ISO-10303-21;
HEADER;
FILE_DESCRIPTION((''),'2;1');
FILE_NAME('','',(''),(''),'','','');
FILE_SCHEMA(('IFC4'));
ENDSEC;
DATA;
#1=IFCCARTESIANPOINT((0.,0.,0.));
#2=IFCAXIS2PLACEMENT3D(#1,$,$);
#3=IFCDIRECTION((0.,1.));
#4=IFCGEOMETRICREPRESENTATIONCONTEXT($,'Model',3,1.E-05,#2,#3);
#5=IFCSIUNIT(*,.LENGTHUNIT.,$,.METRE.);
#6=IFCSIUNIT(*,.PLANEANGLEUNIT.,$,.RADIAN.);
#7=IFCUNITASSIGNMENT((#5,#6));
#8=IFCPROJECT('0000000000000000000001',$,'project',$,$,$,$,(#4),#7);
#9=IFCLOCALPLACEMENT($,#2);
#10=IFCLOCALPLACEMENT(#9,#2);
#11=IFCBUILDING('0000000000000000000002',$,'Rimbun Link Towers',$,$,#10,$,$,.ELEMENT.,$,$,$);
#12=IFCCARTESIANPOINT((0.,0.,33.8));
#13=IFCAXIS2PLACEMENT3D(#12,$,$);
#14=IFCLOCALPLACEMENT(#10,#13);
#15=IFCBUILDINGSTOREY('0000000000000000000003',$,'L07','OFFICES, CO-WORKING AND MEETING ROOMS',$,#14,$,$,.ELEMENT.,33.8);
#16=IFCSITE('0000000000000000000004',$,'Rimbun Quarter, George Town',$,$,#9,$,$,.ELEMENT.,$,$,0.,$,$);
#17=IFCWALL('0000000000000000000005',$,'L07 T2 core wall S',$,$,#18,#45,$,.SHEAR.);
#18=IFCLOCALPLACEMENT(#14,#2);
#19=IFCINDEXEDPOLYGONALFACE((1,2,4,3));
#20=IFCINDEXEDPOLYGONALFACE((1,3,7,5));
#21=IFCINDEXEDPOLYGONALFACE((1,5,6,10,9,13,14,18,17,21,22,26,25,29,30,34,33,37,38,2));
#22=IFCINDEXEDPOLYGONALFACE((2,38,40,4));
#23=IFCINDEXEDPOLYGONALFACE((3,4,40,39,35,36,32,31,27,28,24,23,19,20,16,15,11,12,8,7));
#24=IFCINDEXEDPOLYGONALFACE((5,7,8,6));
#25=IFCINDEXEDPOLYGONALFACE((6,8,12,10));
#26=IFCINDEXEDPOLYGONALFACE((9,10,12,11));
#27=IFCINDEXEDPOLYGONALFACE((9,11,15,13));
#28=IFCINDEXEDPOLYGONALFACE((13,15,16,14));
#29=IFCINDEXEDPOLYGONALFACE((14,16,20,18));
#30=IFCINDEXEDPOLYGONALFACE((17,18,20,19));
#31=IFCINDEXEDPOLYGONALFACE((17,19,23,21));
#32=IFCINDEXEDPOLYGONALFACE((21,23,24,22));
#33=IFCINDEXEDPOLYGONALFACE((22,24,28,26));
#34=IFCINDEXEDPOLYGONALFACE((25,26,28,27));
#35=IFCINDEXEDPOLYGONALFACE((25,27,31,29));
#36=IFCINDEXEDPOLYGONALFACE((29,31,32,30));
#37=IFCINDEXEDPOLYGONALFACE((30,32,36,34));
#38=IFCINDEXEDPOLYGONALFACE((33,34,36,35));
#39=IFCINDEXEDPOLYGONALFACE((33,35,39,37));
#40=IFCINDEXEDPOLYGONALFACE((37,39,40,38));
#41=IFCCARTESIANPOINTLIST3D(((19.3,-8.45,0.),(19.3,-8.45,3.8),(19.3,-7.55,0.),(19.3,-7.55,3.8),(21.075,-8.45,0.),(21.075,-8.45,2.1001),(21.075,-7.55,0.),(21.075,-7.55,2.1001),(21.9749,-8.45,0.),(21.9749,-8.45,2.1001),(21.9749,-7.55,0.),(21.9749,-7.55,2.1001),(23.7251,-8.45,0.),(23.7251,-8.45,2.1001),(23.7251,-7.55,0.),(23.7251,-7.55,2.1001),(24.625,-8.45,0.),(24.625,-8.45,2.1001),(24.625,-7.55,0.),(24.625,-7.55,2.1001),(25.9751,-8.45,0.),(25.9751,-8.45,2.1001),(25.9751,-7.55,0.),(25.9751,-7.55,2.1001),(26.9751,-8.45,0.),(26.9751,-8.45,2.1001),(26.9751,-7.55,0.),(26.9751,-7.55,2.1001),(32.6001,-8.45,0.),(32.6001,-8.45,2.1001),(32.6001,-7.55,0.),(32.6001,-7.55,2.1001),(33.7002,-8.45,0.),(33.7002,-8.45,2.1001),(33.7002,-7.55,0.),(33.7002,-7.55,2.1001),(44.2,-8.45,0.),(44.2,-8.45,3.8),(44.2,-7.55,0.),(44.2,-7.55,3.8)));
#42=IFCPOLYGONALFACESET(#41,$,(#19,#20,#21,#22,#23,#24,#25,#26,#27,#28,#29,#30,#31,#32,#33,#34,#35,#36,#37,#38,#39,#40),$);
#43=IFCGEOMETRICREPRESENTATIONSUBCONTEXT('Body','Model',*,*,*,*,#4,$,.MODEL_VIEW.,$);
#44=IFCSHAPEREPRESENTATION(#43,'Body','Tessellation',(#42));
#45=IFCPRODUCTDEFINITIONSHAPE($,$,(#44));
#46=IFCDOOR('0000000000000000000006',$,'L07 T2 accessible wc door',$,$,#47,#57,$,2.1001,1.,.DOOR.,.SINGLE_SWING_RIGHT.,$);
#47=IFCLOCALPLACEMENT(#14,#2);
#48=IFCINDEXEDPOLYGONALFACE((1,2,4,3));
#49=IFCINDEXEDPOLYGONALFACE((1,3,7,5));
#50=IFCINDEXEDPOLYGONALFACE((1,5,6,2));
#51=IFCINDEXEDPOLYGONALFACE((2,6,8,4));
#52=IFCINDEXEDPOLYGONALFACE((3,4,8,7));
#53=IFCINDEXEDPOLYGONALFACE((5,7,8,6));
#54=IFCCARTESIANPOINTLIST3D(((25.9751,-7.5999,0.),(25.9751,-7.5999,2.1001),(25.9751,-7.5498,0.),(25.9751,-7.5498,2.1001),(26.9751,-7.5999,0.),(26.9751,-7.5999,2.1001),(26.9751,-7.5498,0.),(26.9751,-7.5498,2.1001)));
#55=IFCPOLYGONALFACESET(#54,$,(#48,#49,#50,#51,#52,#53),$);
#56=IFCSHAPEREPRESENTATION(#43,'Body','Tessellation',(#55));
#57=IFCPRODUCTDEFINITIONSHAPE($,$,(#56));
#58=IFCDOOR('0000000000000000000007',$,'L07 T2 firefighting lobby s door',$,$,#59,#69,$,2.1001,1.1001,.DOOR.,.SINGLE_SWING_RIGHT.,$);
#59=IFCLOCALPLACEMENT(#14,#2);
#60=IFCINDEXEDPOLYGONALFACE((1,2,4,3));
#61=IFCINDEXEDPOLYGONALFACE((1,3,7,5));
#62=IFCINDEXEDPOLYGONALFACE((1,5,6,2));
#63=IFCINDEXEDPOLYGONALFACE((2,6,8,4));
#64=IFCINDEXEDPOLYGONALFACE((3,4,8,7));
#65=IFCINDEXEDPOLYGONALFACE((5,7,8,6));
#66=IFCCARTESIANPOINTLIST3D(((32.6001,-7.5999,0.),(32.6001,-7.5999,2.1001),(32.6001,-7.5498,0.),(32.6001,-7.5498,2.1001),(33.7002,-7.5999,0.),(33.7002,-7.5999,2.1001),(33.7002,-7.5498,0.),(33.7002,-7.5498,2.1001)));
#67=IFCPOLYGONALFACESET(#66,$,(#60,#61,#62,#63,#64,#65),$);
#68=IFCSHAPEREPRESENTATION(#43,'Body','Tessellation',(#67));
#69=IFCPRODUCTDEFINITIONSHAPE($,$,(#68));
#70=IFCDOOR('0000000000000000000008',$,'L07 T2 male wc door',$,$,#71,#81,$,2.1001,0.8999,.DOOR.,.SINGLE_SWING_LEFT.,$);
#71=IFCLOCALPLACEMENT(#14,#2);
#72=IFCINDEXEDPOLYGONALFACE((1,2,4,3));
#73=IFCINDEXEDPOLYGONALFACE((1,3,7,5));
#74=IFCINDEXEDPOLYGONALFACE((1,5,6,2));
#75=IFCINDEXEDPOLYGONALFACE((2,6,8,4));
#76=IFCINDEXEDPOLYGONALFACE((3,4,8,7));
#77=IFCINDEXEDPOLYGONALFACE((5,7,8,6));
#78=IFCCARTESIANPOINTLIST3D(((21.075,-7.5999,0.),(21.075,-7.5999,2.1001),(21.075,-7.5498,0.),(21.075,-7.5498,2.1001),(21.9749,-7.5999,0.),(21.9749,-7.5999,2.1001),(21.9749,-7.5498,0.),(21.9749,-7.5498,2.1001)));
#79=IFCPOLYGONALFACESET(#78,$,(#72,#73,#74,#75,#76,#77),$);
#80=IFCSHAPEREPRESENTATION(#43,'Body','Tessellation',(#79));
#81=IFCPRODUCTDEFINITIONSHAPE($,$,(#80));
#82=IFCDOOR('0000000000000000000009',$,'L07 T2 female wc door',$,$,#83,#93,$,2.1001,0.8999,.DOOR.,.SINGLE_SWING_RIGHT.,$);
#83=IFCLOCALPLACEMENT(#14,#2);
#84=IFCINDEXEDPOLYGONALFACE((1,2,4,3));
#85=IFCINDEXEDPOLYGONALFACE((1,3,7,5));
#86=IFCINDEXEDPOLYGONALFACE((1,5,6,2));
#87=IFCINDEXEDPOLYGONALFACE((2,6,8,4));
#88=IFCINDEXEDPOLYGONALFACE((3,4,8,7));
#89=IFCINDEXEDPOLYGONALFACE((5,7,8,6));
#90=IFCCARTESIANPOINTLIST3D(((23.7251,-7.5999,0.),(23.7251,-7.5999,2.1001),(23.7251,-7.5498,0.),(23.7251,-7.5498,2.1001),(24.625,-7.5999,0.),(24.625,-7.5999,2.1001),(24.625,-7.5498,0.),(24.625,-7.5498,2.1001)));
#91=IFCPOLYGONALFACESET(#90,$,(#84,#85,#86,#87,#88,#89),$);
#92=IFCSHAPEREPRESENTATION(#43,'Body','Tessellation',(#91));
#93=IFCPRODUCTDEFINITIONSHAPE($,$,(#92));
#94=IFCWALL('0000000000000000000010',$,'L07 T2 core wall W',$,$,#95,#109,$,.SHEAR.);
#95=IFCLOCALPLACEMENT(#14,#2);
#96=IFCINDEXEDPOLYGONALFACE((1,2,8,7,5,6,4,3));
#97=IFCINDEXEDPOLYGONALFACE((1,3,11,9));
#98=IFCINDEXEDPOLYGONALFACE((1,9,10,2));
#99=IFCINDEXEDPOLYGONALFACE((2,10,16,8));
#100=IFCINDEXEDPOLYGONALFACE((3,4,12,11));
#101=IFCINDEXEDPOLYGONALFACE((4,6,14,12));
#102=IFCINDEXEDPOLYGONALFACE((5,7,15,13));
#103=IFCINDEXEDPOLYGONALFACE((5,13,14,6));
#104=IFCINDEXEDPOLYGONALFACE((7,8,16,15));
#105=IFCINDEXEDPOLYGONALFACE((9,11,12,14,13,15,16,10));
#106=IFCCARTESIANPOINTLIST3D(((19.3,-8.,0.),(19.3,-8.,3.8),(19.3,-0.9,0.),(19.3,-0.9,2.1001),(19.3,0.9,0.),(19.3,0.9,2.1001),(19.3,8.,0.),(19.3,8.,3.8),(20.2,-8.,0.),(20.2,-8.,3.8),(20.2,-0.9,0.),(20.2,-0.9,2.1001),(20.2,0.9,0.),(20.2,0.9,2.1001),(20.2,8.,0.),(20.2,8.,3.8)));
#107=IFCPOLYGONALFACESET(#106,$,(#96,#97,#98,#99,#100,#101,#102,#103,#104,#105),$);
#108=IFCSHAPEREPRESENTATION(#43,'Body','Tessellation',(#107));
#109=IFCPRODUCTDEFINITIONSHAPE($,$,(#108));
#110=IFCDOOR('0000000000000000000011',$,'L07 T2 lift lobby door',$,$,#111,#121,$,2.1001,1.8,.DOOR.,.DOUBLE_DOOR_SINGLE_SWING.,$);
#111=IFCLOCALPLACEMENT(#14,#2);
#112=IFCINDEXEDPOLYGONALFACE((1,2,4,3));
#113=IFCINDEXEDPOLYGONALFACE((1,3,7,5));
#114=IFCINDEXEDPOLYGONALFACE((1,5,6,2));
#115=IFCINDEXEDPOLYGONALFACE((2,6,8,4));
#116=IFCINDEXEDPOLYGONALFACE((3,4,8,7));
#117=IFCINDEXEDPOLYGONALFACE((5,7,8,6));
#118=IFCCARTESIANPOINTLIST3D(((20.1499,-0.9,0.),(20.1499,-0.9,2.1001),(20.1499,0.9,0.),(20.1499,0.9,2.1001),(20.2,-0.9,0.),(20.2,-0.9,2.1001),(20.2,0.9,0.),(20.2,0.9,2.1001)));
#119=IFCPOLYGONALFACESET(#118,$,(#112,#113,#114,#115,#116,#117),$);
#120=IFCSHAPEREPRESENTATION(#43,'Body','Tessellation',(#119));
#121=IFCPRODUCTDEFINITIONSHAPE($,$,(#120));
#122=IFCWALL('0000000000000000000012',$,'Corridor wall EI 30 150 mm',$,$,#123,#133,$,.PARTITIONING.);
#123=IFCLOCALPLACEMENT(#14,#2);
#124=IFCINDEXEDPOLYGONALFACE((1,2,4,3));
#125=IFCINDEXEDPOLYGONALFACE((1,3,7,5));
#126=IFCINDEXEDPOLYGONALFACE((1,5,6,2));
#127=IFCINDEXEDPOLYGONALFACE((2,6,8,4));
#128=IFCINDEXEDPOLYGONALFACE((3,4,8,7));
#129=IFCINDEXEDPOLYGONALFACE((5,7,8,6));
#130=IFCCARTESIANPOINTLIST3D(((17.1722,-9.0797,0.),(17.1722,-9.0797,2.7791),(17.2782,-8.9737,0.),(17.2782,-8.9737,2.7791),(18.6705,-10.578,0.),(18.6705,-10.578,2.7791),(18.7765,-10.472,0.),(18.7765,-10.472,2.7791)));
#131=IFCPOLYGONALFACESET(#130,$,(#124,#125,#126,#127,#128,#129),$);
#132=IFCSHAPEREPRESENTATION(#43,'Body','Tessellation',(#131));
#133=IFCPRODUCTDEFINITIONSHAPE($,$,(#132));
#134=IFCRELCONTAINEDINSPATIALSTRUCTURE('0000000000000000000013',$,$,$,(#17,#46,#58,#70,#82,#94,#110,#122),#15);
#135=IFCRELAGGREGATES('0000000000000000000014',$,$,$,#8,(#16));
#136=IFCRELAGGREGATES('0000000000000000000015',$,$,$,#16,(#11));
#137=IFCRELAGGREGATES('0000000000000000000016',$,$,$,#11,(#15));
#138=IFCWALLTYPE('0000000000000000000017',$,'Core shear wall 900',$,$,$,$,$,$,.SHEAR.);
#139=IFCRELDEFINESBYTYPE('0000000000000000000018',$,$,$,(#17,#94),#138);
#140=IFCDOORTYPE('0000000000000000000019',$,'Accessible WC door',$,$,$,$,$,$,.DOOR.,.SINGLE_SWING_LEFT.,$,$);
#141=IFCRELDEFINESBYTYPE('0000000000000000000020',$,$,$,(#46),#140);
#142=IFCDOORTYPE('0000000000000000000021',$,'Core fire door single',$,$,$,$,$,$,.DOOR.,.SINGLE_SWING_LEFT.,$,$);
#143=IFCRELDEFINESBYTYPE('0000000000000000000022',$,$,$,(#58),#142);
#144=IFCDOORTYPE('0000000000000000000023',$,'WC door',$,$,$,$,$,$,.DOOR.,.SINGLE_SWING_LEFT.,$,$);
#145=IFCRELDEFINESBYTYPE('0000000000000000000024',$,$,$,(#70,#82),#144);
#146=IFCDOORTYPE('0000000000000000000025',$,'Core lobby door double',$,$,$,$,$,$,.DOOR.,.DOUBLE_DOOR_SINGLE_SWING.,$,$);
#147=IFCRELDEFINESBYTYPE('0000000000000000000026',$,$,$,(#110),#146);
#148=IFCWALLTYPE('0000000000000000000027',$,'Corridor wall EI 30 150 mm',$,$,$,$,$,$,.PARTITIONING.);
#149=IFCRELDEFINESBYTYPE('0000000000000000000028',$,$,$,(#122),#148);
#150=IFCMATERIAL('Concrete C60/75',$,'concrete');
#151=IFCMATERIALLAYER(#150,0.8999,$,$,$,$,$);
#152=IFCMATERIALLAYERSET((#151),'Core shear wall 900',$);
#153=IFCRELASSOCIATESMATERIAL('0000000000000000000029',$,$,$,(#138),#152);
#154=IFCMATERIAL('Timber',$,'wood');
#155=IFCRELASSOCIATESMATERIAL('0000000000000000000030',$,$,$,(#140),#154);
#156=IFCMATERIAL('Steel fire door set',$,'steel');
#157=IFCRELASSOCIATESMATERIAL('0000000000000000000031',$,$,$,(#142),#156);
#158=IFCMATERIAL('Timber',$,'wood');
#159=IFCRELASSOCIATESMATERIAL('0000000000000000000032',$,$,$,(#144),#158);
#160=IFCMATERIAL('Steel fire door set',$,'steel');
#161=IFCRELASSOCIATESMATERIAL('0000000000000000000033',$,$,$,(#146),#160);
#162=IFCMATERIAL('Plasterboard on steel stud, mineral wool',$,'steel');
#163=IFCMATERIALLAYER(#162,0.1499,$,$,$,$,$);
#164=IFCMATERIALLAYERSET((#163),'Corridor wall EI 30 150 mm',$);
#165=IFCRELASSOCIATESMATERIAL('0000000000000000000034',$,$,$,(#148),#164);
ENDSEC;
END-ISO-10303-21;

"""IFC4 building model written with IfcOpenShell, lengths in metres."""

from ifc_helpers import new_model, si_unit, direction, frame, frame_2d, origin, place, context, subcontext, project, spatial, rectangle, extrude, material, layer, layer_set, type_object, element, fill, save


model = new_model("IFC4")

# Units and contexts
model_context = context("Model", 3, precision=1e-05, world=origin(), true_north=direction((0.0, 1.0)))
body_context = subcontext(model_context, "Body", "Model", "MODEL_VIEW")
ifc_project = project(units=[si_unit("LENGTHUNIT", "METRE"), si_unit("PLANEANGLEUNIT", "RADIAN")], contexts=[model_context])

# Site, building, storey
site_placement = place(None, origin())
site = spatial("IfcSite", under=ifc_project, at=site_placement, Name="Rimbun Quarter, George Town", CompositionType="ELEMENT", RefElevation=0.0)
building_placement = place(site_placement, origin())
building = spatial("IfcBuilding", under=site, at=building_placement, Name="Rimbun Link Towers", CompositionType="ELEMENT")
storey_placement = place(building_placement, frame((0.0, 0.0, 33.8)))
storey = spatial("IfcBuildingStorey", under=building, at=storey_placement, Name="L07", Description="OFFICES, CO-WORKING AND MEETING ROOMS", CompositionType="ELEMENT", Elevation=33.8)

# Wall, openings, doors
ifc_material_1 = material(Name="Concrete C60/75", Category="concrete")
ifc_layer_1 = layer(ifc_material_1, 0.8999)
ifc_layer_set_1 = layer_set([ifc_layer_1], Name="Core shear wall 900")
wall_type_1 = type_object("IfcWallType", Name="Core shear wall 900", PredefinedType="SHEAR", material=ifc_layer_set_1)
wall_1_placement = place(storey_placement, frame((19.3, -8.0, 0.0), z_axis=(0.0, 0.0, 1.0), x_axis=(1.0, 0.0, 0.0)))
wall_1 = element("IfcWall", 1, at=wall_1_placement, inside=storey, type_object=wall_type_1, Name="L07 T2 core wall S", PredefinedType="SHEAR", context=body_context, shape_type="SweptSolid", body=[
    extrude(rectangle(XDim=24.8999, YDim=0.8999, at=frame_2d((12.45, 0.0))), origin(), (0.0, 0.0, 1.0), 3.8),
])
opening_1_placement = place(wall_1_placement, frame((13.3, 0.0, 0.0)))
opening_1 = element("IfcOpeningElement", 2, at=opening_1_placement, cuts=wall_1, PredefinedType="OPENING", context=body_context, shape_type="SweptSolid", body=[
    extrude(rectangle(XDim=1.1001, YDim=2.1001, at=frame_2d((0.55, 1.05))), frame((0.0, 0.46, 0.0), z_axis=(0.0, -1.0, 0.0), x_axis=(1.0, 0.0, 0.0)), (0.0, 0.0, 1.0), 0.9199),
])
opening_2_placement = place(wall_1_placement, frame((1.7749, 0.0, 0.0)))
opening_2 = element("IfcOpeningElement", 3, at=opening_2_placement, cuts=wall_1, PredefinedType="OPENING", context=body_context, shape_type="SweptSolid", body=[
    extrude(rectangle(XDim=0.8999, YDim=2.1001, at=frame_2d((0.45, 1.05))), frame((0.0, 0.46, 0.0), z_axis=(0.0, -1.0, 0.0), x_axis=(1.0, 0.0, 0.0)), (0.0, 0.0, 1.0), 0.9199),
])
opening_3_placement = place(wall_1_placement, frame((4.425, 0.0, 0.0)))
opening_3 = element("IfcOpeningElement", 4, at=opening_3_placement, cuts=wall_1, PredefinedType="OPENING", context=body_context, shape_type="SweptSolid", body=[
    extrude(rectangle(XDim=0.8999, YDim=2.1001, at=frame_2d((0.45, 1.05))), frame((0.0, 0.46, 0.0), z_axis=(0.0, -1.0, 0.0), x_axis=(1.0, 0.0, 0.0)), (0.0, 0.0, 1.0), 0.9199),
])
opening_4_placement = place(wall_1_placement, frame((6.675, 0.0, 0.0)))
opening_4 = element("IfcOpeningElement", 5, at=opening_4_placement, cuts=wall_1, PredefinedType="OPENING", context=body_context, shape_type="SweptSolid", body=[
    extrude(rectangle(XDim=1.0, YDim=2.1001, at=frame_2d((0.5, 1.05))), frame((0.0, 0.46, 0.0), z_axis=(0.0, -1.0, 0.0), x_axis=(1.0, 0.0, 0.0)), (0.0, 0.0, 1.0), 0.9199),
])
ifc_material_2 = material(Name="Timber", Category="wood")
door_type_1 = type_object("IfcDoorType", Name="Accessible WC door", OperationType="SINGLE_SWING_LEFT", PredefinedType="DOOR", material=ifc_material_2)
door_1_placement = place(opening_4_placement, origin())
door_1 = element("IfcDoor", 6, at=door_1_placement, inside=storey, type_object=door_type_1, Name="L07 T2 accessible wc door", OperationType="SINGLE_SWING_RIGHT", OverallHeight=2.1001, OverallWidth=1.0, PredefinedType="DOOR", context=body_context, shape_type="SweptSolid", body=[
    extrude(rectangle(XDim=1.0, YDim=2.1001, at=frame_2d((0.5, 1.05))), frame((0.0, 0.4502, 0.0), z_axis=(0.0, -1.0, 0.0), x_axis=(1.0, 0.0, 0.0)), (0.0, 0.0, 1.0), 0.05),
])
fill(opening_4, door_1)
ifc_material_3 = material(Name="Steel fire door set", Category="steel")
door_type_2 = type_object("IfcDoorType", Name="Core fire door single", OperationType="SINGLE_SWING_LEFT", PredefinedType="DOOR", material=ifc_material_3)
door_2_placement = place(opening_1_placement, origin())
door_2 = element("IfcDoor", 7, at=door_2_placement, inside=storey, type_object=door_type_2, Name="L07 T2 firefighting lobby s door", OperationType="SINGLE_SWING_RIGHT", OverallHeight=2.1001, OverallWidth=1.1001, PredefinedType="DOOR", context=body_context, shape_type="SweptSolid", body=[
    extrude(rectangle(XDim=1.1001, YDim=2.1001, at=frame_2d((0.55, 1.05))), frame((0.0, 0.4502, 0.0), z_axis=(0.0, -1.0, 0.0), x_axis=(1.0, 0.0, 0.0)), (0.0, 0.0, 1.0), 0.05),
])
fill(opening_1, door_2)
ifc_material_4 = material(Name="Timber", Category="wood")
door_type_3 = type_object("IfcDoorType", Name="WC door", OperationType="SINGLE_SWING_LEFT", PredefinedType="DOOR", material=ifc_material_4)
door_3_placement = place(opening_2_placement, origin())
door_3 = element("IfcDoor", 8, at=door_3_placement, inside=storey, type_object=door_type_3, Name="L07 T2 male wc door", OperationType="SINGLE_SWING_LEFT", OverallHeight=2.1001, OverallWidth=0.8999, PredefinedType="DOOR", context=body_context, shape_type="SweptSolid", body=[
    extrude(rectangle(XDim=0.8999, YDim=2.1001, at=frame_2d((0.45, 1.05))), frame((0.0, 0.4502, 0.0), z_axis=(0.0, -1.0, 0.0), x_axis=(1.0, 0.0, 0.0)), (0.0, 0.0, 1.0), 0.05),
])
fill(opening_2, door_3)
door_4_placement = place(opening_3_placement, origin())
door_4 = element("IfcDoor", 9, at=door_4_placement, inside=storey, type_object=door_type_3, Name="L07 T2 female wc door", OperationType="SINGLE_SWING_RIGHT", OverallHeight=2.1001, OverallWidth=0.8999, PredefinedType="DOOR", context=body_context, shape_type="SweptSolid", body=[
    extrude(rectangle(XDim=0.8999, YDim=2.1001, at=frame_2d((0.45, 1.05))), frame((0.0, 0.4502, 0.0), z_axis=(0.0, -1.0, 0.0), x_axis=(1.0, 0.0, 0.0)), (0.0, 0.0, 1.0), 0.05),
])
fill(opening_3, door_4)

# Wall, opening, door
wall_2_placement = place(storey_placement, frame((19.75, -8.0, 0.0), z_axis=(0.0, 0.0, 1.0), x_axis=(0.0, 1.0, 0.0)))
wall_2 = element("IfcWall", 10, at=wall_2_placement, inside=storey, type_object=wall_type_1, Name="L07 T2 core wall W", PredefinedType="SHEAR", context=body_context, shape_type="SweptSolid", body=[
    extrude(rectangle(XDim=16.0, YDim=0.8999, at=frame_2d((8.0, 0.0))), origin(), (0.0, 0.0, 1.0), 3.8),
])
opening_5_placement = place(wall_2_placement, frame((7.1001, 0.0, 0.0)))
opening_5 = element("IfcOpeningElement", 11, at=opening_5_placement, cuts=wall_2, PredefinedType="OPENING", context=body_context, shape_type="SweptSolid", body=[
    extrude(rectangle(XDim=1.8, YDim=2.1001, at=frame_2d((0.8999, 1.05))), frame((0.0, 0.46, 0.0), z_axis=(0.0, -1.0, 0.0), x_axis=(1.0, 0.0, 0.0)), (0.0, 0.0, 1.0), 0.9199),
])
ifc_material_5 = material(Name="Steel fire door set", Category="steel")
door_type_4 = type_object("IfcDoorType", Name="Core lobby door double", OperationType="DOUBLE_DOOR_SINGLE_SWING", PredefinedType="DOOR", material=ifc_material_5)
door_5_placement = place(opening_5_placement, origin())
door_5 = element("IfcDoor", 12, at=door_5_placement, inside=storey, type_object=door_type_4, Name="L07 T2 lift lobby door", OperationType="DOUBLE_DOOR_SINGLE_SWING", OverallHeight=2.1001, OverallWidth=1.8, PredefinedType="DOOR", context=body_context, shape_type="SweptSolid", body=[
    extrude(rectangle(XDim=1.8, YDim=2.1001, at=frame_2d((0.8999, 1.05))), frame((0.0, -0.3999, 0.0), z_axis=(0.0, -1.0, 0.0), x_axis=(1.0, 0.0, 0.0)), (0.0, 0.0, 1.0), 0.05),
])
fill(opening_5, door_5)

# Wall
ifc_material_6 = material(Name="Plasterboard on steel stud, mineral wool", Category="steel")
ifc_layer_2 = layer(ifc_material_6, 0.1499)
ifc_layer_set_2 = layer_set([ifc_layer_2], Name="Corridor wall EI 30 150 mm")
wall_type_2 = type_object("IfcWallType", Name="Corridor wall EI 30 150 mm", PredefinedType="PARTITIONING", material=ifc_layer_set_2)
wall_3_placement = place(storey_placement, frame((17.2251, -9.0266, 0.0), z_axis=(0.0, 0.0, 1.0), x_axis=(0.707107, -0.707107, 0.0)))
element("IfcWall", 13, at=wall_3_placement, inside=storey, type_object=wall_type_2, Name="Corridor wall EI 30 150 mm", PredefinedType="PARTITIONING", context=body_context, shape_type="SweptSolid", body=[
    extrude(rectangle(XDim=2.1189, YDim=0.1499, at=frame_2d((1.0596, 0.0))), origin(), (0.0, 0.0, 1.0), 2.7791),
])

save(model, "model.ifc")
